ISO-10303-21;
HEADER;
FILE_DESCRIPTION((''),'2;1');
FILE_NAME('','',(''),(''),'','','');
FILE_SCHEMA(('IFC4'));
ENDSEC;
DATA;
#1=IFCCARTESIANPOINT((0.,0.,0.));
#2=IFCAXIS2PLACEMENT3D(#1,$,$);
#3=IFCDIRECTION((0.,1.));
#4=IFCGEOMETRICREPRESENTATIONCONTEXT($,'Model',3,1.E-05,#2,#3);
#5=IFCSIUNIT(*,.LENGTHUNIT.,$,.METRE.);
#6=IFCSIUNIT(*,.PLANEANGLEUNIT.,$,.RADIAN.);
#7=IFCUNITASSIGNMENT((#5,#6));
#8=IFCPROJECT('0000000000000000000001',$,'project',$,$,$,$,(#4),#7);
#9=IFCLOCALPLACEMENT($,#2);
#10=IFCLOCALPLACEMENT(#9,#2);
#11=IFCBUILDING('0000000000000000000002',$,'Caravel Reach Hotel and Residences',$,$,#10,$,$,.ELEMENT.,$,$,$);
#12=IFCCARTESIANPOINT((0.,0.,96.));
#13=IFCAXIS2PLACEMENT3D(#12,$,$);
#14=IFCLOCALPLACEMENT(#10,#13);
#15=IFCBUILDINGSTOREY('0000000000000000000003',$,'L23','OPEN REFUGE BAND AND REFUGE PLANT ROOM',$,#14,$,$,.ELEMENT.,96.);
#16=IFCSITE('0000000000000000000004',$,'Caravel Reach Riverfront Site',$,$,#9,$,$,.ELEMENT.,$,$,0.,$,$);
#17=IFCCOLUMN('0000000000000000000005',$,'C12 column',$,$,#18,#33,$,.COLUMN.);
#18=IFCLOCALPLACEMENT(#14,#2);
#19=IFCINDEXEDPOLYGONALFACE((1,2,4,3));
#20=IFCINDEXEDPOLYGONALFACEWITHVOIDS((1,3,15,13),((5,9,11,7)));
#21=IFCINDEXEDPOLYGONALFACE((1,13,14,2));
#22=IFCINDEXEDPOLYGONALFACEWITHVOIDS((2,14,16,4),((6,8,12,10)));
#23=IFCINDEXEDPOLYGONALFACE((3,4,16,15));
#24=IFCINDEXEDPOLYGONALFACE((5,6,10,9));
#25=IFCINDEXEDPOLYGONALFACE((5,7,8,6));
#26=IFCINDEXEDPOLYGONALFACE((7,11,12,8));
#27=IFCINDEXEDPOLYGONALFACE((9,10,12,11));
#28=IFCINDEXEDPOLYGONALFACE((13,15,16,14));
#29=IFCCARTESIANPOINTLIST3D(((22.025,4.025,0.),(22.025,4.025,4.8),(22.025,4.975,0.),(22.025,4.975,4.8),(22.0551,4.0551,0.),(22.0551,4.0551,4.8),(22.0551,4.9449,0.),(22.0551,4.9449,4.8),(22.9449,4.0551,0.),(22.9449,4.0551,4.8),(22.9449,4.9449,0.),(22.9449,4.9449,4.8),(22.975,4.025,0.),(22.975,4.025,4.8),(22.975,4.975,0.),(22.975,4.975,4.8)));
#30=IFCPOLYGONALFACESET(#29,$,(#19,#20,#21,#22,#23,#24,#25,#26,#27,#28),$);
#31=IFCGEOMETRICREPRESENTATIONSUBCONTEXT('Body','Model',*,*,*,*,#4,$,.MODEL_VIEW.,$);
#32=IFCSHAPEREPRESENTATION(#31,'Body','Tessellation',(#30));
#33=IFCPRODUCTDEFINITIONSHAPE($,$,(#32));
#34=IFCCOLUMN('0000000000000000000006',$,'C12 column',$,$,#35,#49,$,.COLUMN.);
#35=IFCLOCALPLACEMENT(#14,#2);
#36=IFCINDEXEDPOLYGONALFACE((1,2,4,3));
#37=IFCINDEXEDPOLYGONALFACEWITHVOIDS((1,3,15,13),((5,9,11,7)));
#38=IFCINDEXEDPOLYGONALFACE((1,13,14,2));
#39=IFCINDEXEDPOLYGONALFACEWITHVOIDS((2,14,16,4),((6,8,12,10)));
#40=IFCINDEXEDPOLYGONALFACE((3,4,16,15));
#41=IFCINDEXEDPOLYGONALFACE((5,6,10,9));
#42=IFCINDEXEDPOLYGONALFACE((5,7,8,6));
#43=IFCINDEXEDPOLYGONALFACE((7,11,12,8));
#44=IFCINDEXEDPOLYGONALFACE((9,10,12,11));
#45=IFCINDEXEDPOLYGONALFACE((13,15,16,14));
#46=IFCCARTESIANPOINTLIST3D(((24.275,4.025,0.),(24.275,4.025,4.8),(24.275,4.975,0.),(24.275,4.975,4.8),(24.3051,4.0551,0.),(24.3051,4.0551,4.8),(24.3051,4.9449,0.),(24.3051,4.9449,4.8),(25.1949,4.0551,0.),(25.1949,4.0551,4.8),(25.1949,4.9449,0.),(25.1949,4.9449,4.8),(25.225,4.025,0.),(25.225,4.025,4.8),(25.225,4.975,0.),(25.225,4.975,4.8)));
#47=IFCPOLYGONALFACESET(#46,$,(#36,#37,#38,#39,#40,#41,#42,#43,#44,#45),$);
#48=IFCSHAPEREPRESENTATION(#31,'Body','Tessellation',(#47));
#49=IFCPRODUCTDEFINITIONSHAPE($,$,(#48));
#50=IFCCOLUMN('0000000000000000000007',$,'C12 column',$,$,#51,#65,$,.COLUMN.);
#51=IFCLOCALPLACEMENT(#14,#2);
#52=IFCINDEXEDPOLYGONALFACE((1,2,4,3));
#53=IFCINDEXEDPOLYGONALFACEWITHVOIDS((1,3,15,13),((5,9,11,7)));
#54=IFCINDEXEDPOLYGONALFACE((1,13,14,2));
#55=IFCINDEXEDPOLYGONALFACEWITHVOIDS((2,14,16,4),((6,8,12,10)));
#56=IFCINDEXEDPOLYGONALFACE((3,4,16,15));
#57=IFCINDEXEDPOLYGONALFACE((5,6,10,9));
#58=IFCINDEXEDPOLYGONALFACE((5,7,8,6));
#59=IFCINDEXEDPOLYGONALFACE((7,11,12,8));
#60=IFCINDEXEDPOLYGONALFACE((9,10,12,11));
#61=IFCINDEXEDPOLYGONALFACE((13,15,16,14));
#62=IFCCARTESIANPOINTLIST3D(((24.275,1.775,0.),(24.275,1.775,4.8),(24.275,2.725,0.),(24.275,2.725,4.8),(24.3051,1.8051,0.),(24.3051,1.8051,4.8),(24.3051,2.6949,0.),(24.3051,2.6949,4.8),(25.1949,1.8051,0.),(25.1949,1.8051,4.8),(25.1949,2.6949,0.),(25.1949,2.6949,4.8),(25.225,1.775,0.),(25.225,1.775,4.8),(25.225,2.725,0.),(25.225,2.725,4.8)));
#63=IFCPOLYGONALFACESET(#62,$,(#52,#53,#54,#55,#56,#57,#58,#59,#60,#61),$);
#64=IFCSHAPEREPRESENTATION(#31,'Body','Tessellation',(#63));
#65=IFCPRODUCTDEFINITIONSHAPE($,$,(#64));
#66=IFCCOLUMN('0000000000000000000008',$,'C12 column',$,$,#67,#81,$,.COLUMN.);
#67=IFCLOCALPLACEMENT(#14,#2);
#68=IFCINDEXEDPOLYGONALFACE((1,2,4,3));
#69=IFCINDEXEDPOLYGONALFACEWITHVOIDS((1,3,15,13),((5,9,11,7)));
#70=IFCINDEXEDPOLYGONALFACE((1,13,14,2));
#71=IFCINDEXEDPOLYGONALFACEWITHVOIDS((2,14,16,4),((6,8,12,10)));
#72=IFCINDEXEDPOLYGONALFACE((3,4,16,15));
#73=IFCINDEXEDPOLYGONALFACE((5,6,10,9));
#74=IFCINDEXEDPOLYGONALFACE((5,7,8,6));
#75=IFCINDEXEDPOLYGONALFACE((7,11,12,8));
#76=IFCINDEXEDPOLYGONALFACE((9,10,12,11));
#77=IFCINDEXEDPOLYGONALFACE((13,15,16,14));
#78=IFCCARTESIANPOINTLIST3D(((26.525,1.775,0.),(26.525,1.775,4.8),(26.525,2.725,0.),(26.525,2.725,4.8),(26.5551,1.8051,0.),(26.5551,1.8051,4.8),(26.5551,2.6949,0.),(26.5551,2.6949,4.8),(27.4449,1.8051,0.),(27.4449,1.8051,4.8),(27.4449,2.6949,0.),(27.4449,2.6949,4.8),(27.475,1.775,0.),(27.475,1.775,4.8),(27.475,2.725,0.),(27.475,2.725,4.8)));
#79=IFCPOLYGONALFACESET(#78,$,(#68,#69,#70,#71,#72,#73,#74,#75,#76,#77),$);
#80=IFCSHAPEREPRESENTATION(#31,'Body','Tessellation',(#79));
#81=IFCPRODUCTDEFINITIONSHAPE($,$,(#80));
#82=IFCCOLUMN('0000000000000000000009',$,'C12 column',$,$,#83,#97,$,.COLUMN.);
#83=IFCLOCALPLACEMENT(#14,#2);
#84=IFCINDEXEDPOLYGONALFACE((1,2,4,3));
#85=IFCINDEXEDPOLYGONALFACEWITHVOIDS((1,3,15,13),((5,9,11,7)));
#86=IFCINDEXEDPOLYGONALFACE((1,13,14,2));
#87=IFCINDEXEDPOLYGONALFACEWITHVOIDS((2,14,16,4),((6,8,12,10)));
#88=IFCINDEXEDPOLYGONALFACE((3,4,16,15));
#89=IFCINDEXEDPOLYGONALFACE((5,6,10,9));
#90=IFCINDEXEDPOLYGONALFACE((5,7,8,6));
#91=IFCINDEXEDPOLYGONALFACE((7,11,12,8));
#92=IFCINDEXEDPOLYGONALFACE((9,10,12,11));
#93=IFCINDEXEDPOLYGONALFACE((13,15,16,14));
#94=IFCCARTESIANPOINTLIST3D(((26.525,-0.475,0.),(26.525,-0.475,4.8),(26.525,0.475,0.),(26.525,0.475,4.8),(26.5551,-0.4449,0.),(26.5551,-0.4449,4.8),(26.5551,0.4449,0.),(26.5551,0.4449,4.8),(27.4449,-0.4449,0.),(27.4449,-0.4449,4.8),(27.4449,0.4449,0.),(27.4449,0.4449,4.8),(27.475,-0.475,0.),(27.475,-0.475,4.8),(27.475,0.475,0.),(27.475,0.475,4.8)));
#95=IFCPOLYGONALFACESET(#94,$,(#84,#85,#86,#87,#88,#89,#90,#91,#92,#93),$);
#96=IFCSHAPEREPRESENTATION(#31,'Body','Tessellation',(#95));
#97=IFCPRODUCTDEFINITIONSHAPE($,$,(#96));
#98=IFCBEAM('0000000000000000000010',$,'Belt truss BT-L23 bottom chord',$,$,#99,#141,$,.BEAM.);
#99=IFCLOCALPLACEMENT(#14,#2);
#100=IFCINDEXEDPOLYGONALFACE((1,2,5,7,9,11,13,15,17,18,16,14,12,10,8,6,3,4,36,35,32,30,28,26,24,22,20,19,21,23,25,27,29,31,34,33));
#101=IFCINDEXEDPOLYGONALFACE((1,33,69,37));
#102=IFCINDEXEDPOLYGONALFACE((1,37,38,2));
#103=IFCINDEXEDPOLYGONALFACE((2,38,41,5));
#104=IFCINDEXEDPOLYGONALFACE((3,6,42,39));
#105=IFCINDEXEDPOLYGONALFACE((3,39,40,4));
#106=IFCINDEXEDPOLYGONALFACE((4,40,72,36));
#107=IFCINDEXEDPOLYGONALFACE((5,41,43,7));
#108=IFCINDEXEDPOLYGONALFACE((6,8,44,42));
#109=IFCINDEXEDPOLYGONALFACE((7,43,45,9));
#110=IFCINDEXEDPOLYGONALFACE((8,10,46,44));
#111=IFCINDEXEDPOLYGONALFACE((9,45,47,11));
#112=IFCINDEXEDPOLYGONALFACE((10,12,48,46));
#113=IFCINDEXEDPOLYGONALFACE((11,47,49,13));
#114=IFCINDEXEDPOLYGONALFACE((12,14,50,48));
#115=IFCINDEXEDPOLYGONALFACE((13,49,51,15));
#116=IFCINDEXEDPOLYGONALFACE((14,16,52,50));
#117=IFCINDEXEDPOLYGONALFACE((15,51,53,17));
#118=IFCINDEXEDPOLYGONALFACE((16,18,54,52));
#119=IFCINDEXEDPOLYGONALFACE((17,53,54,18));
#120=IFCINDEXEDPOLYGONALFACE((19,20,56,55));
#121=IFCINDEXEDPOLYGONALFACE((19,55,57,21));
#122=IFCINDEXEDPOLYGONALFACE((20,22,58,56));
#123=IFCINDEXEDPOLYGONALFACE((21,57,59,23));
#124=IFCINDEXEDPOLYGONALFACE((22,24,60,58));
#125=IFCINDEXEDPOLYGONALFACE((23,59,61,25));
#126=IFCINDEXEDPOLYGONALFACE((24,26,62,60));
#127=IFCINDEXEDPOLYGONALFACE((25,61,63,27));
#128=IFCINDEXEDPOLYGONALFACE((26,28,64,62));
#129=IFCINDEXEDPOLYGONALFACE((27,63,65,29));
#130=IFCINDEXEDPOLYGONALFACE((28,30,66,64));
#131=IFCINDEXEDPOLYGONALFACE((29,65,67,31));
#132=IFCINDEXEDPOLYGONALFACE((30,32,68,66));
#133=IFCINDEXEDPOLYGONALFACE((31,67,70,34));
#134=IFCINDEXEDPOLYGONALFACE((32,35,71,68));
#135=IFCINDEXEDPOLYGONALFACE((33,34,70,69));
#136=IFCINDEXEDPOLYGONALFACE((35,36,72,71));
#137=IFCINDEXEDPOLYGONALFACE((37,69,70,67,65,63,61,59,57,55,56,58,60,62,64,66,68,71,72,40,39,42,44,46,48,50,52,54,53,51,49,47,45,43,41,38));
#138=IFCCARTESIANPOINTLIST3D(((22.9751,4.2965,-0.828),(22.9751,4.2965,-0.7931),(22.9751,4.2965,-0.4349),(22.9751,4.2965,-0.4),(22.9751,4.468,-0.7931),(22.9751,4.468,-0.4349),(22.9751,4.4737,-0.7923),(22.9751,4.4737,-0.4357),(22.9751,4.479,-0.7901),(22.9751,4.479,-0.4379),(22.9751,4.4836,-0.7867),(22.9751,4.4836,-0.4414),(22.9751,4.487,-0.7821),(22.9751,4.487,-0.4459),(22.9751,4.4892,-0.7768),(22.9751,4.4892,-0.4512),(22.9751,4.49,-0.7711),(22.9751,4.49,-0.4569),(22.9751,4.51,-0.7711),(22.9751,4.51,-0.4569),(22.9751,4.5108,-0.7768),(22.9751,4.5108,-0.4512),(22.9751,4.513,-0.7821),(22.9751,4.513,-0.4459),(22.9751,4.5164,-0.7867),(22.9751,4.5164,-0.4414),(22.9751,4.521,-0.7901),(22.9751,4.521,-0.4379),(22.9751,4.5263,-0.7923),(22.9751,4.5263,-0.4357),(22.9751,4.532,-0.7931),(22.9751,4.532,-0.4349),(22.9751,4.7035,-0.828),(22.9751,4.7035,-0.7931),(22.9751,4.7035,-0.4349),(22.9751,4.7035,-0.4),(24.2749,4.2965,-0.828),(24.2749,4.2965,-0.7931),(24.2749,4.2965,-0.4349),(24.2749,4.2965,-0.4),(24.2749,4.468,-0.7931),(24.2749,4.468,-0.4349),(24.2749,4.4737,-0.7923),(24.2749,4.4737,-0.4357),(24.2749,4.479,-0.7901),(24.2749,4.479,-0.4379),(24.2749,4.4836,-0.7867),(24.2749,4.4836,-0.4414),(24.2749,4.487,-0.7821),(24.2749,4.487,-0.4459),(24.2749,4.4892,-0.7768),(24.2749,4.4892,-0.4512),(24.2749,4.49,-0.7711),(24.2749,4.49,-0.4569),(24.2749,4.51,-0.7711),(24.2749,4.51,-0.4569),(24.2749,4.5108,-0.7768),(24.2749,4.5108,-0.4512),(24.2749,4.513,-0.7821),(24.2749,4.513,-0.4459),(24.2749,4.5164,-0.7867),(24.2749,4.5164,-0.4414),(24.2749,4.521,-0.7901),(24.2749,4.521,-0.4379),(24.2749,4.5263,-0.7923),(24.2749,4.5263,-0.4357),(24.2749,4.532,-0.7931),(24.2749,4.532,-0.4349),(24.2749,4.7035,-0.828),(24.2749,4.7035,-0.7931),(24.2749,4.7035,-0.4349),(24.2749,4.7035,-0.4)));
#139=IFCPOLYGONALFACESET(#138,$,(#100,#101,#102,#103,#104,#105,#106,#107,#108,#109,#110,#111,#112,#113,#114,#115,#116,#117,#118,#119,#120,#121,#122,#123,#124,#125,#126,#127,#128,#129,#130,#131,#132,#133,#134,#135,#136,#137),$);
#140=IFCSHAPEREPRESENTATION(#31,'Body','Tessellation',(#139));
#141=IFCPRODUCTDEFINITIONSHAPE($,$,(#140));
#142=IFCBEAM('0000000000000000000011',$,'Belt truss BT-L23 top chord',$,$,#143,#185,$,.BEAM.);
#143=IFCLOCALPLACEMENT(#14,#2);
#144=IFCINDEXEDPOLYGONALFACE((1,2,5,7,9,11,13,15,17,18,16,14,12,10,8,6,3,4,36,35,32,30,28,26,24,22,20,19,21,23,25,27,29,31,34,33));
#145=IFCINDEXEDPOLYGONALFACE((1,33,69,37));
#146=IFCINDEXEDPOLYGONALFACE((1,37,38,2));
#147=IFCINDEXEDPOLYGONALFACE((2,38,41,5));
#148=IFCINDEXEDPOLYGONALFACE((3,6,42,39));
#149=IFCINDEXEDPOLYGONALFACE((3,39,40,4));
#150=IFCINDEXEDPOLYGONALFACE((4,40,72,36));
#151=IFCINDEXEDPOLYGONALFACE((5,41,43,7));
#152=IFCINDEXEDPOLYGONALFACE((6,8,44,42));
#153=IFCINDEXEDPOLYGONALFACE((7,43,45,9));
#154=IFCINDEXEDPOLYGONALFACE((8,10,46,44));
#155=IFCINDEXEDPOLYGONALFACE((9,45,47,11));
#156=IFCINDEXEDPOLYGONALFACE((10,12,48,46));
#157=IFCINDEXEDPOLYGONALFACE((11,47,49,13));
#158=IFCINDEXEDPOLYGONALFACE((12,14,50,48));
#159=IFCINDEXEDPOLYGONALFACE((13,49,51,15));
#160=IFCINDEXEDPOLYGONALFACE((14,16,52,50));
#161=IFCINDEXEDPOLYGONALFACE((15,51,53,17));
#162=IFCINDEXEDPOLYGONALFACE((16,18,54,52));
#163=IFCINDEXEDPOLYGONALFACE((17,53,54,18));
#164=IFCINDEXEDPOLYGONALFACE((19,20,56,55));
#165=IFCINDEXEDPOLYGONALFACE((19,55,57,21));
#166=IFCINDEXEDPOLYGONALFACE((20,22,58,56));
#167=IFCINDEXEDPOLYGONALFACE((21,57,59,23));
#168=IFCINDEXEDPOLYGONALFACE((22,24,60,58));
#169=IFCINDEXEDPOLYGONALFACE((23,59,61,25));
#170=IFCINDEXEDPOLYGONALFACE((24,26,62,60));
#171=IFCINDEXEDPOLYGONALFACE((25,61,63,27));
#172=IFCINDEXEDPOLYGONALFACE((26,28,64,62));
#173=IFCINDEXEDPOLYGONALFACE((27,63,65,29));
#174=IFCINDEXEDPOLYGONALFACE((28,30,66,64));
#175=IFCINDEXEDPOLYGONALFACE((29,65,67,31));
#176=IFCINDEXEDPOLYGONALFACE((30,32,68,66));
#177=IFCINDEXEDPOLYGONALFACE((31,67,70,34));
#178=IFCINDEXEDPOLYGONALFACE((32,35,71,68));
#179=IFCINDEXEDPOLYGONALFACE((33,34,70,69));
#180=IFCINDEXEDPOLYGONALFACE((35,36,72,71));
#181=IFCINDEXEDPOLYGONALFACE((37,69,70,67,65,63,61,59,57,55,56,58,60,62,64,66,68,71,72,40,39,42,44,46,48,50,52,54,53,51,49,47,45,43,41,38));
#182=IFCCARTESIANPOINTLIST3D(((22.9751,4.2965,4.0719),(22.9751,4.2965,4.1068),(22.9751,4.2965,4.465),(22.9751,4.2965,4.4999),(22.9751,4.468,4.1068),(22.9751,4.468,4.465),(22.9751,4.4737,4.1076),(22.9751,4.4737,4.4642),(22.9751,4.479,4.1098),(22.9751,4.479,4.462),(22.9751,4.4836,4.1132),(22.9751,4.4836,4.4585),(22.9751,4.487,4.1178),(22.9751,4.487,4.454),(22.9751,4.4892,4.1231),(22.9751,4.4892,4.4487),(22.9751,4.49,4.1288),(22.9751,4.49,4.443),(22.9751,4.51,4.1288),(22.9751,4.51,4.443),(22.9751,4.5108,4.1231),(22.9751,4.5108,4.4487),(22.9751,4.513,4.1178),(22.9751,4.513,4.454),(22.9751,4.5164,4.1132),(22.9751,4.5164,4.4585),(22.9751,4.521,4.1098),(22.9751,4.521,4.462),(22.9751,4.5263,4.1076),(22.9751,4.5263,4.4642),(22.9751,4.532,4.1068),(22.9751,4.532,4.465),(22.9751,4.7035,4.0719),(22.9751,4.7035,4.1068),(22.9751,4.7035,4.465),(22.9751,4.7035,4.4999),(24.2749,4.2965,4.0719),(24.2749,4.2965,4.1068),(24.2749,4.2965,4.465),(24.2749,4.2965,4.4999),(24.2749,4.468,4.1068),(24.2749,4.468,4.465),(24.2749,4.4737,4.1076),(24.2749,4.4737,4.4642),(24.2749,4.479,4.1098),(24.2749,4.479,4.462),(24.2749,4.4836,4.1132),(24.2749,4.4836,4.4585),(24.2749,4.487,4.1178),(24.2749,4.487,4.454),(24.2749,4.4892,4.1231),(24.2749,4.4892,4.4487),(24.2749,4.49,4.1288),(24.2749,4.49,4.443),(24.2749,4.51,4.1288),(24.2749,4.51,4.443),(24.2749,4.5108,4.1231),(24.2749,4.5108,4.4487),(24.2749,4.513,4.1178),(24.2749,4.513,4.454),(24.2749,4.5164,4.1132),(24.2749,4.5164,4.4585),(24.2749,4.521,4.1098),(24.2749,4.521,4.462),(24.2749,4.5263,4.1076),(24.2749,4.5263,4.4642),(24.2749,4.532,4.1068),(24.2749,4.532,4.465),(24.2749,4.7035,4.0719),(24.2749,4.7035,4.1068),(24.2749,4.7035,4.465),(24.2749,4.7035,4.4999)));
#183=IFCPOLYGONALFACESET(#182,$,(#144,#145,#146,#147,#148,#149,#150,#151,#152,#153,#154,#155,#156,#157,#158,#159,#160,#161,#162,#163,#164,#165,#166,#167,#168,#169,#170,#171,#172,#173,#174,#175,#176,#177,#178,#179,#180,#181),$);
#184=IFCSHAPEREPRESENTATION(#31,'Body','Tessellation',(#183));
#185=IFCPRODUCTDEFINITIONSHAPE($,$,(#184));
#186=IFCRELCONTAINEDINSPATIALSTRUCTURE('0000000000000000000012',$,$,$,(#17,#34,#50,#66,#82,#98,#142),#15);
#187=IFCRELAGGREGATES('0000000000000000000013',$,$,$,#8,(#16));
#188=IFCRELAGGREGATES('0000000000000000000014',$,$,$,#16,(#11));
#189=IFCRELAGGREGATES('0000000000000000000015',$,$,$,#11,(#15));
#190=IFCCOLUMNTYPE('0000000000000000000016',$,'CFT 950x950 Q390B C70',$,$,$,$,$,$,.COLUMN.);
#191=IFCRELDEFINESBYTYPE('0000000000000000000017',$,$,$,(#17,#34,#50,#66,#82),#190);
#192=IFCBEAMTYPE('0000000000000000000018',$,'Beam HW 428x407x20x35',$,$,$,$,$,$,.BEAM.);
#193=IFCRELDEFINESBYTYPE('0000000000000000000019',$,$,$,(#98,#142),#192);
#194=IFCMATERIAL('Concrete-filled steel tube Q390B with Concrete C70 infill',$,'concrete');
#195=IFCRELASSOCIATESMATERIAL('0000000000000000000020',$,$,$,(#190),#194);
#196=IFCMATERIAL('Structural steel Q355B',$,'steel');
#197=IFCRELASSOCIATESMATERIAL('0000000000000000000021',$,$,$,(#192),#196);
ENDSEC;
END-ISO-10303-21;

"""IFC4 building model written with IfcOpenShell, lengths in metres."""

from ifc_helpers import new_model, si_unit, direction, frame, origin, origin_2d, place, context, subcontext, project, spatial, hollow_rectangle, i_section, extrude, material, material_profile, profile_set, type_object, element, save


model = new_model("IFC4")

# Units and contexts
model_context = context("Model", 3, precision=1e-05, world=origin(), true_north=direction((0.0, 1.0)))
body_context = subcontext(model_context, "Body", "Model", "MODEL_VIEW")
ifc_project = project(units=[si_unit("LENGTHUNIT", "METRE"), si_unit("PLANEANGLEUNIT", "RADIAN")], contexts=[model_context])

# Site, building, storey
site_placement = place(None, origin())
site = spatial("IfcSite", under=ifc_project, at=site_placement, Name="Caravel Reach Riverfront Site", CompositionType="ELEMENT", RefElevation=0.0)
building_placement = place(site_placement, origin())
building = spatial("IfcBuilding", under=site, at=building_placement, Name="Caravel Reach Hotel and Residences", CompositionType="ELEMENT")
storey_placement = place(building_placement, frame((0.0, 0.0, 96.0)))
storey = spatial("IfcBuildingStorey", under=building, at=storey_placement, Name="L23", Description="OPEN REFUGE BAND AND REFUGE PLANT ROOM", CompositionType="ELEMENT", Elevation=96.0)

# Columns
ifc_material_1 = material(Name="Concrete-filled steel tube Q390B with Concrete C70 infill", Category="concrete")
ifc_material_profile_1 = material_profile(ifc_material_1, hollow_rectangle(XDim=0.95, YDim=0.95, WallThickness=0.03, at=origin_2d()), Name="RHS 950x950x30")
ifc_profile_set_1 = profile_set([ifc_material_profile_1], Name="Concrete-filled steel tube Q390B with Concrete C70 infill")
column_type = type_object("IfcColumnType", Name="CFT 950x950 Q390B C70", PredefinedType="COLUMN", material=ifc_profile_set_1)
for number, where, z_axis, x_axis, name in (
    (1, (22.5, 4.5, 0.0), (0.0, 0.0, 1.0), (1.0, 0.0, 0.0), "C12 column"),
    (2, (24.75, 4.5, 0.0), (0.0, 0.0, 1.0), (1.0, 0.0, 0.0), "C12 column"),
    (3, (24.75, 2.25, 0.0), (0.0, 0.0, 1.0), (1.0, 0.0, 0.0), "C12 column"),
    (4, (27.0, 2.25, 0.0), (0.0, 0.0, 1.0), (1.0, 0.0, 0.0), "C12 column"),
    (5, (27.0, 0.0, 0.0), (0.0, 0.0, 1.0), (1.0, 0.0, 0.0), "C12 column"),
):
    element("IfcColumn", number, at=place(storey_placement, frame(where, z_axis=z_axis, x_axis=x_axis)), inside=storey, type_object=column_type, Name=name, PredefinedType="COLUMN", context=body_context, shape_type="SweptSolid", body=[
        extrude(hollow_rectangle(XDim=0.95, YDim=0.95, WallThickness=0.03, at=origin_2d()), origin(), (0.0, 0.0, 1.0), 4.8),
    ])

# Beams
ifc_material_2 = material(Name="Structural steel Q355B", Category="steel")
ifc_material_profile_2 = material_profile(ifc_material_2, i_section(OverallWidth=0.407, OverallDepth=0.428, WebThickness=0.02, FlangeThickness=0.0349, FilletRadius=0.022, at=origin_2d()), Name="HW 428x407x20x35")
ifc_profile_set_2 = profile_set([ifc_material_profile_2], Name="Structural steel Q355B")
beam_type = type_object("IfcBeamType", Name="Beam HW 428x407x20x35", PredefinedType="BEAM", material=ifc_profile_set_2)
for number, where, z_axis, x_axis, name in (
    (6, (22.9751, 4.5, -0.614), (1.0, 0.0, 0.0), (0.0, 1.0, 0.0), "Belt truss BT-L23 bottom chord"),
    (7, (22.9751, 4.5, 4.2859), (1.0, 0.0, 0.0), (0.0, 1.0, 0.0), "Belt truss BT-L23 top chord"),
):
    element("IfcBeam", number, at=place(storey_placement, frame(where, z_axis=z_axis, x_axis=x_axis)), inside=storey, type_object=beam_type, Name=name, PredefinedType="BEAM", context=body_context, shape_type="SweptSolid", body=[
        extrude(i_section(OverallWidth=0.407, OverallDepth=0.428, WebThickness=0.02, FlangeThickness=0.0349, FilletRadius=0.022, at=origin_2d()), origin(), (0.0, 0.0, 1.0), 1.2998),
    ])

save(model, "model.ifc")
